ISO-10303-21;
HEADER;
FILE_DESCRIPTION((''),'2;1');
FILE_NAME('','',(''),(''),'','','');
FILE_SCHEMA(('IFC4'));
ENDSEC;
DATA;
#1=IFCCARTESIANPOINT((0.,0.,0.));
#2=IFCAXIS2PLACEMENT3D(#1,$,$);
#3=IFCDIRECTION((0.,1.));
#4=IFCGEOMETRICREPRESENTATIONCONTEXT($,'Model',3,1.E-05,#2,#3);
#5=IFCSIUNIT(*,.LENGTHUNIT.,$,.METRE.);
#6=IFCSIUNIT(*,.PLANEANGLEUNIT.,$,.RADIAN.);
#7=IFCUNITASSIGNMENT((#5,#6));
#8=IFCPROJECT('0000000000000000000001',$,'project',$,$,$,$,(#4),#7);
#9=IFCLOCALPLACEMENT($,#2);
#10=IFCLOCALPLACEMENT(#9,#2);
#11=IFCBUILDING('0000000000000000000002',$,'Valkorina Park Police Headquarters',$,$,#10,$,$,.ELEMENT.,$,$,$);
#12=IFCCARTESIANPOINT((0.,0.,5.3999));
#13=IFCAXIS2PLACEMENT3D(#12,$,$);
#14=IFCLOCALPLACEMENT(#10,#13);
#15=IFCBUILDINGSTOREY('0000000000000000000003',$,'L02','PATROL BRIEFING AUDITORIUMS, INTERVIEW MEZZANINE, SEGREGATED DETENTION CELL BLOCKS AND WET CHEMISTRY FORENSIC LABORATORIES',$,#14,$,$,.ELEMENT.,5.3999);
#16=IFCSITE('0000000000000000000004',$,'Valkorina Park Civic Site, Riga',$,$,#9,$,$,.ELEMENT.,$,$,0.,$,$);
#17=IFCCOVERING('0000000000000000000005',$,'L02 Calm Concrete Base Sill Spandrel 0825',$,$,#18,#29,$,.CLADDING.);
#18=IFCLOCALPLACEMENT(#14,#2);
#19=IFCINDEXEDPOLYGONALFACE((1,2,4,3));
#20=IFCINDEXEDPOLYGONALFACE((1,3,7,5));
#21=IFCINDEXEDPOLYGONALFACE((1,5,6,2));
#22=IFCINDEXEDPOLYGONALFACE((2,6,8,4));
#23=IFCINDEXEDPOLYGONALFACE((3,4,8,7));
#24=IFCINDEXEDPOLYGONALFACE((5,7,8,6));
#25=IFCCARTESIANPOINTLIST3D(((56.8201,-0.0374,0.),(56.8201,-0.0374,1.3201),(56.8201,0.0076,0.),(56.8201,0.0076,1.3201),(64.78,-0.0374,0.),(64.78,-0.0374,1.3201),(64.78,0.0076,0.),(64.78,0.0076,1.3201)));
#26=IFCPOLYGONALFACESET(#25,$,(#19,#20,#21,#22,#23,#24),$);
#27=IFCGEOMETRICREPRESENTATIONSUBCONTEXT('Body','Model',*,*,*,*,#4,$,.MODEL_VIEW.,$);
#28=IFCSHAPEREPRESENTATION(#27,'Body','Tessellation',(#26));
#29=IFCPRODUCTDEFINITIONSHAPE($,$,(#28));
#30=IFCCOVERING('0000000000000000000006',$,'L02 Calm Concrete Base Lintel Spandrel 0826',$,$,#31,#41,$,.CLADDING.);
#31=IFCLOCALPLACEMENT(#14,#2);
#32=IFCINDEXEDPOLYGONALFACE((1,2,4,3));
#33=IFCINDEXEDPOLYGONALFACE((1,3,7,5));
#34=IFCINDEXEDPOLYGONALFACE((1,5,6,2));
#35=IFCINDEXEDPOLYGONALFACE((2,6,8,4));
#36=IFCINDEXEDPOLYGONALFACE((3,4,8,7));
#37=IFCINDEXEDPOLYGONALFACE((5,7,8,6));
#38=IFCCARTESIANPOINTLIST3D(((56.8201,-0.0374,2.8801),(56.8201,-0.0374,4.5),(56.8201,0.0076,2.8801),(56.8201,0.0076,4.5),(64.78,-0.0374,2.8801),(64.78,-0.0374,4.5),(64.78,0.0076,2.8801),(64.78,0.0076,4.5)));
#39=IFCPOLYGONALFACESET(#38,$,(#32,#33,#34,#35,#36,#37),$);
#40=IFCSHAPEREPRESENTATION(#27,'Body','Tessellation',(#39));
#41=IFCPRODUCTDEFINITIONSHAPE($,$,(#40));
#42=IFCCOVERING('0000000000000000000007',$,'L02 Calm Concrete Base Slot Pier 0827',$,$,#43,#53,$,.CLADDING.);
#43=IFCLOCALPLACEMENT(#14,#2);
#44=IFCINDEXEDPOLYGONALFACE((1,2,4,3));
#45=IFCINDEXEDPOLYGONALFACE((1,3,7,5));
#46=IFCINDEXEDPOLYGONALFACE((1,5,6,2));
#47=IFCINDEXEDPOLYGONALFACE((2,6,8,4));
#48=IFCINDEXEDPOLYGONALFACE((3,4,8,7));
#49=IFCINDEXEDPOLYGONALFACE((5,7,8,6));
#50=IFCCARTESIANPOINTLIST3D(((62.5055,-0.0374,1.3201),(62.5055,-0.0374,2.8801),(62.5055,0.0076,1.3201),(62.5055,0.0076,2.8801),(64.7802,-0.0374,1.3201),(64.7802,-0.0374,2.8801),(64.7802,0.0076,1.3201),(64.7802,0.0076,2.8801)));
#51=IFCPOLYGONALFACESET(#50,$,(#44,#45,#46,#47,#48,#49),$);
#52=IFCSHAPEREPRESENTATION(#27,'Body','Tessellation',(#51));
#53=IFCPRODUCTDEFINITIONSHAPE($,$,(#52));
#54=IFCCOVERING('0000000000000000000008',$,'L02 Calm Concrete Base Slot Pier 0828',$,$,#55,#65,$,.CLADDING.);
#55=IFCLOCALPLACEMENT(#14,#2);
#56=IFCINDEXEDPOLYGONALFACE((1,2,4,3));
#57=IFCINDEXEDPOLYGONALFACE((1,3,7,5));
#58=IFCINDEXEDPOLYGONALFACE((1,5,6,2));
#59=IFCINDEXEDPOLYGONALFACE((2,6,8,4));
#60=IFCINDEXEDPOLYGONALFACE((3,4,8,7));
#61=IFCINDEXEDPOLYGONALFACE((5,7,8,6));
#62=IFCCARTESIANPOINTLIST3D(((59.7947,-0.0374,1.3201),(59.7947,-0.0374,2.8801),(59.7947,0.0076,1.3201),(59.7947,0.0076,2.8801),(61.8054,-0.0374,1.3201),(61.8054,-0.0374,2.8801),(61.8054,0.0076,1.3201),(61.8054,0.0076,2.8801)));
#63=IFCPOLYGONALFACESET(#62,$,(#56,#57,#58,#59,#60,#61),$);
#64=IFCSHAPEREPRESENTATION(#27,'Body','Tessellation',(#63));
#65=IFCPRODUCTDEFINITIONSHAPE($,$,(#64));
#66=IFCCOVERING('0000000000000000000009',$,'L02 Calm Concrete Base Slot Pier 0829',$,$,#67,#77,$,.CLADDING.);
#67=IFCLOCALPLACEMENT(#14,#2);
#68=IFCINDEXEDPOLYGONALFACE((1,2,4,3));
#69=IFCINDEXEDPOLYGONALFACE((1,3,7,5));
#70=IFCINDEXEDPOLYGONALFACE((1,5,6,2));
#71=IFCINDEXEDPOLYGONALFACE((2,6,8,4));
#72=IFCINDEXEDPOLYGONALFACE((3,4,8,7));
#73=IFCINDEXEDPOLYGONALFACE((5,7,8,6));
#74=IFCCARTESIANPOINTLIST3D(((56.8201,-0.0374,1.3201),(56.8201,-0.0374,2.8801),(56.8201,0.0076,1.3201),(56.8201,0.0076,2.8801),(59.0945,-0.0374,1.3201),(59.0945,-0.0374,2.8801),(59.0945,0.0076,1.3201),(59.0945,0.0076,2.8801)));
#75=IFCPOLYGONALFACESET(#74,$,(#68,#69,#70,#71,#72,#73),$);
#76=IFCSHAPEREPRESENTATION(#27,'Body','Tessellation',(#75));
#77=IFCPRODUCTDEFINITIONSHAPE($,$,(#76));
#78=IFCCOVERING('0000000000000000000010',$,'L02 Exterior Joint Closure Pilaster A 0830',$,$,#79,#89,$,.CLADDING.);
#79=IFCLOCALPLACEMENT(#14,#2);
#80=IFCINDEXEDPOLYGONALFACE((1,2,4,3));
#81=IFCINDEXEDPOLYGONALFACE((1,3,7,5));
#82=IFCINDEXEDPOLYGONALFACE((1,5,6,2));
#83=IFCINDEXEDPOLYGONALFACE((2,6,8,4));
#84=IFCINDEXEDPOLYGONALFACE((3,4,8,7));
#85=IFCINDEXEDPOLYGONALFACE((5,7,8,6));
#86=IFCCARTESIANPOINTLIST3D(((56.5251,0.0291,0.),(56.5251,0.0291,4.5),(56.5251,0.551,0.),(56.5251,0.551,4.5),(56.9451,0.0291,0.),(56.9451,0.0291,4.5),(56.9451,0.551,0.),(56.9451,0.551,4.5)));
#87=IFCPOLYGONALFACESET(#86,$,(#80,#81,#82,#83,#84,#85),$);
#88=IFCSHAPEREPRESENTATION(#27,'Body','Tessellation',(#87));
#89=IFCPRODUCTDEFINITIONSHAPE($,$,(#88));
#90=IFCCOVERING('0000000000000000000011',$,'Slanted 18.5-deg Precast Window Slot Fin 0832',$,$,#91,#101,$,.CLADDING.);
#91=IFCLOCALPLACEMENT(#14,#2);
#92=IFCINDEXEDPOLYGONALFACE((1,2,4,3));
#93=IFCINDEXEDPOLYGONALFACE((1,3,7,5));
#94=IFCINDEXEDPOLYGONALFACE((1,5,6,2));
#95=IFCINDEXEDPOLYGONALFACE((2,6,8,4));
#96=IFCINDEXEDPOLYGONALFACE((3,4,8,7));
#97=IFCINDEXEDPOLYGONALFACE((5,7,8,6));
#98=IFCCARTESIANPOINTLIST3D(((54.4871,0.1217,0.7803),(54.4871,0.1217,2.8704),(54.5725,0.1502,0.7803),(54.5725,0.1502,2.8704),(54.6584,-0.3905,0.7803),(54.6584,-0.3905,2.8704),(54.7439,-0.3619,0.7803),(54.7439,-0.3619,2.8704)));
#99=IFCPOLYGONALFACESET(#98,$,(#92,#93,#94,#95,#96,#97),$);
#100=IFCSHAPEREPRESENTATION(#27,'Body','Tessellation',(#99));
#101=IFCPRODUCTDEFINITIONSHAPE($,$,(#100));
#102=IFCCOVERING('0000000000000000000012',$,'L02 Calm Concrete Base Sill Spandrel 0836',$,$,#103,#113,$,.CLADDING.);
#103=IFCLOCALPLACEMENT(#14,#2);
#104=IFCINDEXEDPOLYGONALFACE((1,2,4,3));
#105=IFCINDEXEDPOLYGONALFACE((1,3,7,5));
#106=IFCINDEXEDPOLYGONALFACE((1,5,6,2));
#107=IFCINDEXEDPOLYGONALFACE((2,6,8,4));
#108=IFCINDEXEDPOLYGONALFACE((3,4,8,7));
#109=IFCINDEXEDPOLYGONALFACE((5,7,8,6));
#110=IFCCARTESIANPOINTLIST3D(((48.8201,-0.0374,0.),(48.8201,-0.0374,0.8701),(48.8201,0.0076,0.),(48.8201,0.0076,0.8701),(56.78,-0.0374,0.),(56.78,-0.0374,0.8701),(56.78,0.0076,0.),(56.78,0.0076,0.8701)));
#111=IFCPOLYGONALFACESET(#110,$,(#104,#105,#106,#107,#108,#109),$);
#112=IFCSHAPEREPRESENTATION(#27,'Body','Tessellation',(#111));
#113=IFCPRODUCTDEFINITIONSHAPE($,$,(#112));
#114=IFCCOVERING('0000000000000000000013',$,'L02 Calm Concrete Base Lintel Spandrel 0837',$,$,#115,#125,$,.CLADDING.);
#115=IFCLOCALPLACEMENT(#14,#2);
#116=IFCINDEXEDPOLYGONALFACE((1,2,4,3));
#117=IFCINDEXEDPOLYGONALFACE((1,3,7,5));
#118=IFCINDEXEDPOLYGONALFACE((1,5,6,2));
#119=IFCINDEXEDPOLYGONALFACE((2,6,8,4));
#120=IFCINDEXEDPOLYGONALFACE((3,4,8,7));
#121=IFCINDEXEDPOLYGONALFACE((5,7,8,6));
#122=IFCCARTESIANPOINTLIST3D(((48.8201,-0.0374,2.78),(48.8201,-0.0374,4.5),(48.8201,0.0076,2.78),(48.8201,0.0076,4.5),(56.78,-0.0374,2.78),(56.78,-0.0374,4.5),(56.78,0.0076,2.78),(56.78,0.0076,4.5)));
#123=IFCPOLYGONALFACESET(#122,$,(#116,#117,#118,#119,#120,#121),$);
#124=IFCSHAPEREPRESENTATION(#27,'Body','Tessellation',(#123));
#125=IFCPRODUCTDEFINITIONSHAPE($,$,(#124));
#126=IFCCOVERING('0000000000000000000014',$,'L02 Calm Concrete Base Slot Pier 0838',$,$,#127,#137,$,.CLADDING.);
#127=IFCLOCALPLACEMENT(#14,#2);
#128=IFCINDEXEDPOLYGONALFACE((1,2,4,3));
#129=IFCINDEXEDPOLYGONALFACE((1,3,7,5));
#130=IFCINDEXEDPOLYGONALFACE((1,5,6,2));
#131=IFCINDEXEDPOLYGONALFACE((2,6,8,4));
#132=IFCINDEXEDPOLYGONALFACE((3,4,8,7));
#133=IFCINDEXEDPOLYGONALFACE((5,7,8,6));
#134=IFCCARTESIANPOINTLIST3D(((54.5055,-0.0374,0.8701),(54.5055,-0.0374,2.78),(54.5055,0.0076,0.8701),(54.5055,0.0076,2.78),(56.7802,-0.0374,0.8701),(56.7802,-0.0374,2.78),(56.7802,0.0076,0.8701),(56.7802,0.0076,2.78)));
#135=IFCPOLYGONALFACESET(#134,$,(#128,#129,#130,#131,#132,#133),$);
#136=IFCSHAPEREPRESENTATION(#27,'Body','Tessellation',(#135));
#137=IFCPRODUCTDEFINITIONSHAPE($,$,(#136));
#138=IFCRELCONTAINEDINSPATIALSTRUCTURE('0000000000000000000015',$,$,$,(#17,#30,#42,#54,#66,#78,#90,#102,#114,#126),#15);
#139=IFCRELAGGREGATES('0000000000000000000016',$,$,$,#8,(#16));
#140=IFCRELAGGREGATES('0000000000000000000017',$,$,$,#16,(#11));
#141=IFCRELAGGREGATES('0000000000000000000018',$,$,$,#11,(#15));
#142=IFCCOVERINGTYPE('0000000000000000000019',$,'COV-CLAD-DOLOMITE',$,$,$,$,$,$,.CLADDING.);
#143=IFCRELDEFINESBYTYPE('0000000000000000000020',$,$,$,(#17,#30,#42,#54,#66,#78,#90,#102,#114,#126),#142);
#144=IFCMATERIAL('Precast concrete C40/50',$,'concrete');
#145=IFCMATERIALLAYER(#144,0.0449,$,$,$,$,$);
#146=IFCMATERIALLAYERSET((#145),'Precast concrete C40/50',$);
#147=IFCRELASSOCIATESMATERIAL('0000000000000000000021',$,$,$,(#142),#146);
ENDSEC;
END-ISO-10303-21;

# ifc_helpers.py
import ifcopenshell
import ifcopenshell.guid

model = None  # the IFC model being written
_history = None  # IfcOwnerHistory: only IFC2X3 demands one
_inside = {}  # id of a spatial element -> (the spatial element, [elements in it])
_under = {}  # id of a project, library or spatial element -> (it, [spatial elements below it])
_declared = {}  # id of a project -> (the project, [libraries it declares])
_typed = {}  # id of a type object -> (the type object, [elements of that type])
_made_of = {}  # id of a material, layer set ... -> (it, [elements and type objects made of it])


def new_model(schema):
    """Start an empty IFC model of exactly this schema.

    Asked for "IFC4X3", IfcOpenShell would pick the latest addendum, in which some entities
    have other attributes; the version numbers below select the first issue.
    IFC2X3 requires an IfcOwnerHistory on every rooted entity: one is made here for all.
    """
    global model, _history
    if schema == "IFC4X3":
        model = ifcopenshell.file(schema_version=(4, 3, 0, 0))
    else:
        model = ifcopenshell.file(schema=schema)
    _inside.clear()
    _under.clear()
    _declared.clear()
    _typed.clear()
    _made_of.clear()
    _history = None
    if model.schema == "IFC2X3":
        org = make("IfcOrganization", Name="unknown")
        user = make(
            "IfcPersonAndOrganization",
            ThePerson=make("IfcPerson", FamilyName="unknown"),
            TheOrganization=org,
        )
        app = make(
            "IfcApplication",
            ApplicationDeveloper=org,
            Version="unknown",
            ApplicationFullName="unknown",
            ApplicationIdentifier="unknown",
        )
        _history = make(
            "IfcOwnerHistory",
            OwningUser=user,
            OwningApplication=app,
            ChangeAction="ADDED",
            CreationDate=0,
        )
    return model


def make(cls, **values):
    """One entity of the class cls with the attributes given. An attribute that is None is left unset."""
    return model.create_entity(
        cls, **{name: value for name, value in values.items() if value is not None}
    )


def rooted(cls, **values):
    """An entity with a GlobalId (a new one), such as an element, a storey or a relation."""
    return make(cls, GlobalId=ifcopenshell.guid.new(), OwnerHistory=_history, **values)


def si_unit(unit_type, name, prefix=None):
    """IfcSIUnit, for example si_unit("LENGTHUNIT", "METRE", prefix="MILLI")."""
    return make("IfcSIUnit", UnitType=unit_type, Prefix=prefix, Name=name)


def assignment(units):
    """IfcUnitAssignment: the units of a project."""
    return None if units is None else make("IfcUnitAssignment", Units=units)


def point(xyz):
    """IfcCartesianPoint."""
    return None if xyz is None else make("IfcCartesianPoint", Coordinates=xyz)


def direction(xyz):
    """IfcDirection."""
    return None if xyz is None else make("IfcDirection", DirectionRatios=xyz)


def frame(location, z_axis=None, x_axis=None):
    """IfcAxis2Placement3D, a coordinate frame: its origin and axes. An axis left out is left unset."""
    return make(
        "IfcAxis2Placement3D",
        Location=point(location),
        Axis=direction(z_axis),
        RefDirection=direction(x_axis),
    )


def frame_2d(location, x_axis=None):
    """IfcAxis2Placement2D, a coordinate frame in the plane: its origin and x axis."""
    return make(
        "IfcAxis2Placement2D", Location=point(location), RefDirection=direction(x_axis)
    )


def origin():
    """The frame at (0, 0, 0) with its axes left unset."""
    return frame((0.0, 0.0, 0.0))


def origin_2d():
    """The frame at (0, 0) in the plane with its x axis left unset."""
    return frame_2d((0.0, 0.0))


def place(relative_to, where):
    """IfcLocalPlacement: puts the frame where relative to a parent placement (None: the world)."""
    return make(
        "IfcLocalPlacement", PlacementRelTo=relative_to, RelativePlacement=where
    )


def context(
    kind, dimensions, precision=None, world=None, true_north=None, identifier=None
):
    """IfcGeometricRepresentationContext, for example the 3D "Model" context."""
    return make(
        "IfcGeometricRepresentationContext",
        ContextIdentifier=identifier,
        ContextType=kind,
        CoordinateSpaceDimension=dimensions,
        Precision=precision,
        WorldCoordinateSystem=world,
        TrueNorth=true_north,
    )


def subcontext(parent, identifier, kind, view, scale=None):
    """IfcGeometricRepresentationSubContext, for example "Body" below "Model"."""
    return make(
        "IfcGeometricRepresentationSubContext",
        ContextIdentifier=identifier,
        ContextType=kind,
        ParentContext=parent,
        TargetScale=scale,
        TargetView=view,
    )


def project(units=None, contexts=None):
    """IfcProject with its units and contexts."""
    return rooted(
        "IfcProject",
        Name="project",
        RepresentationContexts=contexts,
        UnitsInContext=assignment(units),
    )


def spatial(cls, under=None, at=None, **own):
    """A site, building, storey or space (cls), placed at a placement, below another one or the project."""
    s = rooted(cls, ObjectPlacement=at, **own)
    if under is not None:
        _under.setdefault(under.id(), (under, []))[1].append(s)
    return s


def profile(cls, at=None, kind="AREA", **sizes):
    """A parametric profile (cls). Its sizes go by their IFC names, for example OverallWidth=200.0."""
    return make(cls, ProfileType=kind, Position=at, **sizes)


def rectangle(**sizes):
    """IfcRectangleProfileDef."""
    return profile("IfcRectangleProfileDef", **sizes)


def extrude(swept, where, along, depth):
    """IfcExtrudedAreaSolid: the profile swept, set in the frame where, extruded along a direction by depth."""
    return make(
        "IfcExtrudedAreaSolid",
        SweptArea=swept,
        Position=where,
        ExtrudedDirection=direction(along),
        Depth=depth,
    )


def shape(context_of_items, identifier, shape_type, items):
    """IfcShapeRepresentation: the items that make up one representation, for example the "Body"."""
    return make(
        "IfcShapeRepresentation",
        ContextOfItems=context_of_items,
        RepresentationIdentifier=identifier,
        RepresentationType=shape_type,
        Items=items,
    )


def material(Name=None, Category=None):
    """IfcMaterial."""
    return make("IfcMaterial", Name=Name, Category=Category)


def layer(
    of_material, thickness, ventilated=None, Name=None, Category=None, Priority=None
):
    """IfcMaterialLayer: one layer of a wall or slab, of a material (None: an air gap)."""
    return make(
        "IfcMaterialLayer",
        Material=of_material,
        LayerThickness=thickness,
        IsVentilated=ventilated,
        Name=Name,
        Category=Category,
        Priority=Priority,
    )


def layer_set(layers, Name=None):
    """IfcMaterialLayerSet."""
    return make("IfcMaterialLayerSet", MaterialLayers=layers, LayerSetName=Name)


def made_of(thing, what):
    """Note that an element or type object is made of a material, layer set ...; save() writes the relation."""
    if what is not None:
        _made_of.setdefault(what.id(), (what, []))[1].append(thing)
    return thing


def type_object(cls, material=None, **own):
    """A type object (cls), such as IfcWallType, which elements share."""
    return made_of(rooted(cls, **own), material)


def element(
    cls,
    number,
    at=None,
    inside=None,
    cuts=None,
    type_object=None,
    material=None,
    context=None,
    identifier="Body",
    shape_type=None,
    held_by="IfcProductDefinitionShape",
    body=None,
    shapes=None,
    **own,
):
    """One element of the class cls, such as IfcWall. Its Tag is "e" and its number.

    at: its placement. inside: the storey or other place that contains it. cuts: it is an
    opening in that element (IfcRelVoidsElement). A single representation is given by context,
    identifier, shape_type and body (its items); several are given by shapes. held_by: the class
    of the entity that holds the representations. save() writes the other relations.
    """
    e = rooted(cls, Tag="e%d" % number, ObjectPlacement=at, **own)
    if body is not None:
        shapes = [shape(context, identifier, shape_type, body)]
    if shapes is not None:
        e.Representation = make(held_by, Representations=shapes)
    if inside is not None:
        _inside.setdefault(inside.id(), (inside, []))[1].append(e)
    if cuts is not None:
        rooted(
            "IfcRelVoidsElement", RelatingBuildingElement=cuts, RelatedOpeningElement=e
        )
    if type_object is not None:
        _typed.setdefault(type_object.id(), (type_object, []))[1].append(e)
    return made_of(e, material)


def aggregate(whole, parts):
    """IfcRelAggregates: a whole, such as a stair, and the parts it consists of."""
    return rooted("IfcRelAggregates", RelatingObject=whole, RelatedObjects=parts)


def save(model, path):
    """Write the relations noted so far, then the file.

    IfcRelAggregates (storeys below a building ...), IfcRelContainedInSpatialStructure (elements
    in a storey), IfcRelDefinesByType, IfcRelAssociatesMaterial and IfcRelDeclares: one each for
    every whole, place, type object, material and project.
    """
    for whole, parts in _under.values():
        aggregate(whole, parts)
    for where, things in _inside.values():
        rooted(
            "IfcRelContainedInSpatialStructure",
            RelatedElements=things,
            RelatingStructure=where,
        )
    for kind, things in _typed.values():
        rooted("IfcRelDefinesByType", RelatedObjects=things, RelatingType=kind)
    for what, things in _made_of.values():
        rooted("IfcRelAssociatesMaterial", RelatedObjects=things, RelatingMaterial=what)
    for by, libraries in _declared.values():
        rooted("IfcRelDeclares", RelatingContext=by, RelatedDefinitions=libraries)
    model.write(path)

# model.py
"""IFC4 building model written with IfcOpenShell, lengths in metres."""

from ifc_helpers import new_model, si_unit, direction, frame, frame_2d, origin, origin_2d, place, context, subcontext, project, spatial, rectangle, extrude, material, layer, layer_set, type_object, element, save


model = new_model("IFC4")

# Units and contexts
model_context = context("Model", 3, precision=1e-05, world=origin(), true_north=direction((0.0, 1.0)))
body_context = subcontext(model_context, "Body", "Model", "MODEL_VIEW")
ifc_project = project(units=[si_unit("LENGTHUNIT", "METRE"), si_unit("PLANEANGLEUNIT", "RADIAN")], contexts=[model_context])

# Site, building, storey
site_placement = place(None, origin())
site = spatial("IfcSite", under=ifc_project, at=site_placement, Name="Valkorina Park Civic Site, Riga", CompositionType="ELEMENT", RefElevation=0.0)
building_placement = place(site_placement, origin())
building = spatial("IfcBuilding", under=site, at=building_placement, Name="Valkorina Park Police Headquarters", CompositionType="ELEMENT")
storey_placement = place(building_placement, frame((0.0, 0.0, 5.3999)))
storey = spatial("IfcBuildingStorey", under=building, at=storey_placement, Name="L02", Description="PATROL BRIEFING AUDITORIUMS, INTERVIEW MEZZANINE, SEGREGATED DETENTION CELL BLOCKS AND WET CHEMISTRY FORENSIC LABORATORIES", CompositionType="ELEMENT", Elevation=5.3999)

# Coverings
ifc_material_1 = material(Name="Precast concrete C40/50", Category="concrete")
ifc_layer_1 = layer(ifc_material_1, 0.0449)
ifc_layer_set_1 = layer_set([ifc_layer_1], Name="Precast concrete C40/50")
covering_type = type_object("IfcCoveringType", Name="COV-CLAD-DOLOMITE", PredefinedType="CLADDING", material=ifc_layer_set_1)
covering_1_placement = place(storey_placement, frame((64.78, -0.0149, 0.0), z_axis=(0.0, 0.0, 1.0), x_axis=(-1.0, 0.0, 0.0)))
element("IfcCovering", 1, at=covering_1_placement, inside=storey, type_object=covering_type, Name="L02 Calm Concrete Base Sill Spandrel 0825", PredefinedType="CLADDING", context=body_context, shape_type="SweptSolid", body=[
    extrude(rectangle(XDim=7.96, YDim=0.0449, at=frame_2d((3.98, 0.0))), origin(), (0.0, 0.0, 1.0), 1.3201),
])
covering_2_placement = place(storey_placement, frame((64.78, -0.0149, 2.8801), z_axis=(0.0, 0.0, 1.0), x_axis=(-1.0, 0.0, 0.0)))
element("IfcCovering", 2, at=covering_2_placement, inside=storey, type_object=covering_type, Name="L02 Calm Concrete Base Lintel Spandrel 0826", PredefinedType="CLADDING", context=body_context, shape_type="SweptSolid", body=[
    extrude(rectangle(XDim=7.96, YDim=0.0449, at=frame_2d((3.98, 0.0))), origin(), (0.0, 0.0, 1.0), 1.6199),
])
covering_3_placement = place(storey_placement, frame((64.78, -0.0149, 1.3201), z_axis=(0.0, 0.0, 1.0), x_axis=(-1.0, 0.0, 0.0)))
element("IfcCovering", 3, at=covering_3_placement, inside=storey, type_object=covering_type, Name="L02 Calm Concrete Base Slot Pier 0827", PredefinedType="CLADDING", context=body_context, shape_type="SweptSolid", body=[
    extrude(rectangle(XDim=2.2747, YDim=0.0449, at=frame_2d((1.1372, 0.0))), origin(), (0.0, 0.0, 1.0), 1.5601),
])
covering_4_placement = place(storey_placement, frame((61.8054, -0.0149, 1.3201), z_axis=(0.0, 0.0, 1.0), x_axis=(-1.0, 0.0, 0.0)))
element("IfcCovering", 4, at=covering_4_placement, inside=storey, type_object=covering_type, Name="L02 Calm Concrete Base Slot Pier 0828", PredefinedType="CLADDING", context=body_context, shape_type="SweptSolid", body=[
    extrude(rectangle(XDim=2.0107, YDim=0.0449, at=frame_2d((1.0054, 0.0))), origin(), (0.0, 0.0, 1.0), 1.5601),
])
covering_5_placement = place(storey_placement, frame((59.0945, -0.0149, 1.3201), z_axis=(0.0, 0.0, 1.0), x_axis=(-1.0, 0.0, 0.0)))
element("IfcCovering", 5, at=covering_5_placement, inside=storey, type_object=covering_type, Name="L02 Calm Concrete Base Slot Pier 0829", PredefinedType="CLADDING", context=body_context, shape_type="SweptSolid", body=[
    extrude(rectangle(XDim=2.2744, YDim=0.0449, at=frame_2d((1.1372, 0.0))), origin(), (0.0, 0.0, 1.0), 1.5601),
])
covering_6_placement = place(storey_placement, frame((56.7351, 0.29, 0.0), z_axis=(0.0, 0.0, 1.0), x_axis=(1.0, 0.0, 0.0)))
element("IfcCovering", 6, at=covering_6_placement, inside=storey, type_object=covering_type, Name="L02 Exterior Joint Closure Pilaster A 0830", PredefinedType="CLADDING", context=body_context, shape_type="SweptSolid", body=[
    extrude(rectangle(XDim=0.4199, YDim=0.522, at=origin_2d()), origin(), (0.0, 0.0, 1.0), 4.5),
])
covering_7_placement = place(storey_placement, frame((54.6155, -0.1201, 0.7803), z_axis=(0.0, 0.0, 1.0), x_axis=(0.317305, -0.948324, 0.0)))
element("IfcCovering", 7, at=covering_7_placement, inside=storey, type_object=covering_type, Name="Slanted 18.5-deg Precast Window Slot Fin 0832", PredefinedType="CLADDING", context=body_context, shape_type="SweptSolid", body=[
    extrude(rectangle(XDim=0.54, YDim=0.0901, at=origin_2d()), origin(), (0.0, 0.0, 1.0), 2.0901),
])
covering_8_placement = place(storey_placement, frame((56.78, -0.0149, 0.0), z_axis=(0.0, 0.0, 1.0), x_axis=(-1.0, 0.0, 0.0)))
element("IfcCovering", 8, at=covering_8_placement, inside=storey, type_object=covering_type, Name="L02 Calm Concrete Base Sill Spandrel 0836", PredefinedType="CLADDING", context=body_context, shape_type="SweptSolid", body=[
    extrude(rectangle(XDim=7.96, YDim=0.0449, at=frame_2d((3.98, 0.0))), origin(), (0.0, 0.0, 1.0), 0.8701),
])
covering_9_placement = place(storey_placement, frame((56.78, -0.0149, 2.78), z_axis=(0.0, 0.0, 1.0), x_axis=(-1.0, 0.0, 0.0)))
element("IfcCovering", 9, at=covering_9_placement, inside=storey, type_object=covering_type, Name="L02 Calm Concrete Base Lintel Spandrel 0837", PredefinedType="CLADDING", context=body_context, shape_type="SweptSolid", body=[
    extrude(rectangle(XDim=7.96, YDim=0.0449, at=frame_2d((3.98, 0.0))), origin(), (0.0, 0.0, 1.0), 1.72),
])
covering_10_placement = place(storey_placement, frame((56.78, -0.0149, 0.8701), z_axis=(0.0, 0.0, 1.0), x_axis=(-1.0, 0.0, 0.0)))
element("IfcCovering", 10, at=covering_10_placement, inside=storey, type_object=covering_type, Name="L02 Calm Concrete Base Slot Pier 0838", PredefinedType="CLADDING", context=body_context, shape_type="SweptSolid", body=[
    extrude(rectangle(XDim=2.2747, YDim=0.0449, at=frame_2d((1.1372, 0.0))), origin(), (0.0, 0.0, 1.0), 1.9099),
])

save(model, "model.ifc")
